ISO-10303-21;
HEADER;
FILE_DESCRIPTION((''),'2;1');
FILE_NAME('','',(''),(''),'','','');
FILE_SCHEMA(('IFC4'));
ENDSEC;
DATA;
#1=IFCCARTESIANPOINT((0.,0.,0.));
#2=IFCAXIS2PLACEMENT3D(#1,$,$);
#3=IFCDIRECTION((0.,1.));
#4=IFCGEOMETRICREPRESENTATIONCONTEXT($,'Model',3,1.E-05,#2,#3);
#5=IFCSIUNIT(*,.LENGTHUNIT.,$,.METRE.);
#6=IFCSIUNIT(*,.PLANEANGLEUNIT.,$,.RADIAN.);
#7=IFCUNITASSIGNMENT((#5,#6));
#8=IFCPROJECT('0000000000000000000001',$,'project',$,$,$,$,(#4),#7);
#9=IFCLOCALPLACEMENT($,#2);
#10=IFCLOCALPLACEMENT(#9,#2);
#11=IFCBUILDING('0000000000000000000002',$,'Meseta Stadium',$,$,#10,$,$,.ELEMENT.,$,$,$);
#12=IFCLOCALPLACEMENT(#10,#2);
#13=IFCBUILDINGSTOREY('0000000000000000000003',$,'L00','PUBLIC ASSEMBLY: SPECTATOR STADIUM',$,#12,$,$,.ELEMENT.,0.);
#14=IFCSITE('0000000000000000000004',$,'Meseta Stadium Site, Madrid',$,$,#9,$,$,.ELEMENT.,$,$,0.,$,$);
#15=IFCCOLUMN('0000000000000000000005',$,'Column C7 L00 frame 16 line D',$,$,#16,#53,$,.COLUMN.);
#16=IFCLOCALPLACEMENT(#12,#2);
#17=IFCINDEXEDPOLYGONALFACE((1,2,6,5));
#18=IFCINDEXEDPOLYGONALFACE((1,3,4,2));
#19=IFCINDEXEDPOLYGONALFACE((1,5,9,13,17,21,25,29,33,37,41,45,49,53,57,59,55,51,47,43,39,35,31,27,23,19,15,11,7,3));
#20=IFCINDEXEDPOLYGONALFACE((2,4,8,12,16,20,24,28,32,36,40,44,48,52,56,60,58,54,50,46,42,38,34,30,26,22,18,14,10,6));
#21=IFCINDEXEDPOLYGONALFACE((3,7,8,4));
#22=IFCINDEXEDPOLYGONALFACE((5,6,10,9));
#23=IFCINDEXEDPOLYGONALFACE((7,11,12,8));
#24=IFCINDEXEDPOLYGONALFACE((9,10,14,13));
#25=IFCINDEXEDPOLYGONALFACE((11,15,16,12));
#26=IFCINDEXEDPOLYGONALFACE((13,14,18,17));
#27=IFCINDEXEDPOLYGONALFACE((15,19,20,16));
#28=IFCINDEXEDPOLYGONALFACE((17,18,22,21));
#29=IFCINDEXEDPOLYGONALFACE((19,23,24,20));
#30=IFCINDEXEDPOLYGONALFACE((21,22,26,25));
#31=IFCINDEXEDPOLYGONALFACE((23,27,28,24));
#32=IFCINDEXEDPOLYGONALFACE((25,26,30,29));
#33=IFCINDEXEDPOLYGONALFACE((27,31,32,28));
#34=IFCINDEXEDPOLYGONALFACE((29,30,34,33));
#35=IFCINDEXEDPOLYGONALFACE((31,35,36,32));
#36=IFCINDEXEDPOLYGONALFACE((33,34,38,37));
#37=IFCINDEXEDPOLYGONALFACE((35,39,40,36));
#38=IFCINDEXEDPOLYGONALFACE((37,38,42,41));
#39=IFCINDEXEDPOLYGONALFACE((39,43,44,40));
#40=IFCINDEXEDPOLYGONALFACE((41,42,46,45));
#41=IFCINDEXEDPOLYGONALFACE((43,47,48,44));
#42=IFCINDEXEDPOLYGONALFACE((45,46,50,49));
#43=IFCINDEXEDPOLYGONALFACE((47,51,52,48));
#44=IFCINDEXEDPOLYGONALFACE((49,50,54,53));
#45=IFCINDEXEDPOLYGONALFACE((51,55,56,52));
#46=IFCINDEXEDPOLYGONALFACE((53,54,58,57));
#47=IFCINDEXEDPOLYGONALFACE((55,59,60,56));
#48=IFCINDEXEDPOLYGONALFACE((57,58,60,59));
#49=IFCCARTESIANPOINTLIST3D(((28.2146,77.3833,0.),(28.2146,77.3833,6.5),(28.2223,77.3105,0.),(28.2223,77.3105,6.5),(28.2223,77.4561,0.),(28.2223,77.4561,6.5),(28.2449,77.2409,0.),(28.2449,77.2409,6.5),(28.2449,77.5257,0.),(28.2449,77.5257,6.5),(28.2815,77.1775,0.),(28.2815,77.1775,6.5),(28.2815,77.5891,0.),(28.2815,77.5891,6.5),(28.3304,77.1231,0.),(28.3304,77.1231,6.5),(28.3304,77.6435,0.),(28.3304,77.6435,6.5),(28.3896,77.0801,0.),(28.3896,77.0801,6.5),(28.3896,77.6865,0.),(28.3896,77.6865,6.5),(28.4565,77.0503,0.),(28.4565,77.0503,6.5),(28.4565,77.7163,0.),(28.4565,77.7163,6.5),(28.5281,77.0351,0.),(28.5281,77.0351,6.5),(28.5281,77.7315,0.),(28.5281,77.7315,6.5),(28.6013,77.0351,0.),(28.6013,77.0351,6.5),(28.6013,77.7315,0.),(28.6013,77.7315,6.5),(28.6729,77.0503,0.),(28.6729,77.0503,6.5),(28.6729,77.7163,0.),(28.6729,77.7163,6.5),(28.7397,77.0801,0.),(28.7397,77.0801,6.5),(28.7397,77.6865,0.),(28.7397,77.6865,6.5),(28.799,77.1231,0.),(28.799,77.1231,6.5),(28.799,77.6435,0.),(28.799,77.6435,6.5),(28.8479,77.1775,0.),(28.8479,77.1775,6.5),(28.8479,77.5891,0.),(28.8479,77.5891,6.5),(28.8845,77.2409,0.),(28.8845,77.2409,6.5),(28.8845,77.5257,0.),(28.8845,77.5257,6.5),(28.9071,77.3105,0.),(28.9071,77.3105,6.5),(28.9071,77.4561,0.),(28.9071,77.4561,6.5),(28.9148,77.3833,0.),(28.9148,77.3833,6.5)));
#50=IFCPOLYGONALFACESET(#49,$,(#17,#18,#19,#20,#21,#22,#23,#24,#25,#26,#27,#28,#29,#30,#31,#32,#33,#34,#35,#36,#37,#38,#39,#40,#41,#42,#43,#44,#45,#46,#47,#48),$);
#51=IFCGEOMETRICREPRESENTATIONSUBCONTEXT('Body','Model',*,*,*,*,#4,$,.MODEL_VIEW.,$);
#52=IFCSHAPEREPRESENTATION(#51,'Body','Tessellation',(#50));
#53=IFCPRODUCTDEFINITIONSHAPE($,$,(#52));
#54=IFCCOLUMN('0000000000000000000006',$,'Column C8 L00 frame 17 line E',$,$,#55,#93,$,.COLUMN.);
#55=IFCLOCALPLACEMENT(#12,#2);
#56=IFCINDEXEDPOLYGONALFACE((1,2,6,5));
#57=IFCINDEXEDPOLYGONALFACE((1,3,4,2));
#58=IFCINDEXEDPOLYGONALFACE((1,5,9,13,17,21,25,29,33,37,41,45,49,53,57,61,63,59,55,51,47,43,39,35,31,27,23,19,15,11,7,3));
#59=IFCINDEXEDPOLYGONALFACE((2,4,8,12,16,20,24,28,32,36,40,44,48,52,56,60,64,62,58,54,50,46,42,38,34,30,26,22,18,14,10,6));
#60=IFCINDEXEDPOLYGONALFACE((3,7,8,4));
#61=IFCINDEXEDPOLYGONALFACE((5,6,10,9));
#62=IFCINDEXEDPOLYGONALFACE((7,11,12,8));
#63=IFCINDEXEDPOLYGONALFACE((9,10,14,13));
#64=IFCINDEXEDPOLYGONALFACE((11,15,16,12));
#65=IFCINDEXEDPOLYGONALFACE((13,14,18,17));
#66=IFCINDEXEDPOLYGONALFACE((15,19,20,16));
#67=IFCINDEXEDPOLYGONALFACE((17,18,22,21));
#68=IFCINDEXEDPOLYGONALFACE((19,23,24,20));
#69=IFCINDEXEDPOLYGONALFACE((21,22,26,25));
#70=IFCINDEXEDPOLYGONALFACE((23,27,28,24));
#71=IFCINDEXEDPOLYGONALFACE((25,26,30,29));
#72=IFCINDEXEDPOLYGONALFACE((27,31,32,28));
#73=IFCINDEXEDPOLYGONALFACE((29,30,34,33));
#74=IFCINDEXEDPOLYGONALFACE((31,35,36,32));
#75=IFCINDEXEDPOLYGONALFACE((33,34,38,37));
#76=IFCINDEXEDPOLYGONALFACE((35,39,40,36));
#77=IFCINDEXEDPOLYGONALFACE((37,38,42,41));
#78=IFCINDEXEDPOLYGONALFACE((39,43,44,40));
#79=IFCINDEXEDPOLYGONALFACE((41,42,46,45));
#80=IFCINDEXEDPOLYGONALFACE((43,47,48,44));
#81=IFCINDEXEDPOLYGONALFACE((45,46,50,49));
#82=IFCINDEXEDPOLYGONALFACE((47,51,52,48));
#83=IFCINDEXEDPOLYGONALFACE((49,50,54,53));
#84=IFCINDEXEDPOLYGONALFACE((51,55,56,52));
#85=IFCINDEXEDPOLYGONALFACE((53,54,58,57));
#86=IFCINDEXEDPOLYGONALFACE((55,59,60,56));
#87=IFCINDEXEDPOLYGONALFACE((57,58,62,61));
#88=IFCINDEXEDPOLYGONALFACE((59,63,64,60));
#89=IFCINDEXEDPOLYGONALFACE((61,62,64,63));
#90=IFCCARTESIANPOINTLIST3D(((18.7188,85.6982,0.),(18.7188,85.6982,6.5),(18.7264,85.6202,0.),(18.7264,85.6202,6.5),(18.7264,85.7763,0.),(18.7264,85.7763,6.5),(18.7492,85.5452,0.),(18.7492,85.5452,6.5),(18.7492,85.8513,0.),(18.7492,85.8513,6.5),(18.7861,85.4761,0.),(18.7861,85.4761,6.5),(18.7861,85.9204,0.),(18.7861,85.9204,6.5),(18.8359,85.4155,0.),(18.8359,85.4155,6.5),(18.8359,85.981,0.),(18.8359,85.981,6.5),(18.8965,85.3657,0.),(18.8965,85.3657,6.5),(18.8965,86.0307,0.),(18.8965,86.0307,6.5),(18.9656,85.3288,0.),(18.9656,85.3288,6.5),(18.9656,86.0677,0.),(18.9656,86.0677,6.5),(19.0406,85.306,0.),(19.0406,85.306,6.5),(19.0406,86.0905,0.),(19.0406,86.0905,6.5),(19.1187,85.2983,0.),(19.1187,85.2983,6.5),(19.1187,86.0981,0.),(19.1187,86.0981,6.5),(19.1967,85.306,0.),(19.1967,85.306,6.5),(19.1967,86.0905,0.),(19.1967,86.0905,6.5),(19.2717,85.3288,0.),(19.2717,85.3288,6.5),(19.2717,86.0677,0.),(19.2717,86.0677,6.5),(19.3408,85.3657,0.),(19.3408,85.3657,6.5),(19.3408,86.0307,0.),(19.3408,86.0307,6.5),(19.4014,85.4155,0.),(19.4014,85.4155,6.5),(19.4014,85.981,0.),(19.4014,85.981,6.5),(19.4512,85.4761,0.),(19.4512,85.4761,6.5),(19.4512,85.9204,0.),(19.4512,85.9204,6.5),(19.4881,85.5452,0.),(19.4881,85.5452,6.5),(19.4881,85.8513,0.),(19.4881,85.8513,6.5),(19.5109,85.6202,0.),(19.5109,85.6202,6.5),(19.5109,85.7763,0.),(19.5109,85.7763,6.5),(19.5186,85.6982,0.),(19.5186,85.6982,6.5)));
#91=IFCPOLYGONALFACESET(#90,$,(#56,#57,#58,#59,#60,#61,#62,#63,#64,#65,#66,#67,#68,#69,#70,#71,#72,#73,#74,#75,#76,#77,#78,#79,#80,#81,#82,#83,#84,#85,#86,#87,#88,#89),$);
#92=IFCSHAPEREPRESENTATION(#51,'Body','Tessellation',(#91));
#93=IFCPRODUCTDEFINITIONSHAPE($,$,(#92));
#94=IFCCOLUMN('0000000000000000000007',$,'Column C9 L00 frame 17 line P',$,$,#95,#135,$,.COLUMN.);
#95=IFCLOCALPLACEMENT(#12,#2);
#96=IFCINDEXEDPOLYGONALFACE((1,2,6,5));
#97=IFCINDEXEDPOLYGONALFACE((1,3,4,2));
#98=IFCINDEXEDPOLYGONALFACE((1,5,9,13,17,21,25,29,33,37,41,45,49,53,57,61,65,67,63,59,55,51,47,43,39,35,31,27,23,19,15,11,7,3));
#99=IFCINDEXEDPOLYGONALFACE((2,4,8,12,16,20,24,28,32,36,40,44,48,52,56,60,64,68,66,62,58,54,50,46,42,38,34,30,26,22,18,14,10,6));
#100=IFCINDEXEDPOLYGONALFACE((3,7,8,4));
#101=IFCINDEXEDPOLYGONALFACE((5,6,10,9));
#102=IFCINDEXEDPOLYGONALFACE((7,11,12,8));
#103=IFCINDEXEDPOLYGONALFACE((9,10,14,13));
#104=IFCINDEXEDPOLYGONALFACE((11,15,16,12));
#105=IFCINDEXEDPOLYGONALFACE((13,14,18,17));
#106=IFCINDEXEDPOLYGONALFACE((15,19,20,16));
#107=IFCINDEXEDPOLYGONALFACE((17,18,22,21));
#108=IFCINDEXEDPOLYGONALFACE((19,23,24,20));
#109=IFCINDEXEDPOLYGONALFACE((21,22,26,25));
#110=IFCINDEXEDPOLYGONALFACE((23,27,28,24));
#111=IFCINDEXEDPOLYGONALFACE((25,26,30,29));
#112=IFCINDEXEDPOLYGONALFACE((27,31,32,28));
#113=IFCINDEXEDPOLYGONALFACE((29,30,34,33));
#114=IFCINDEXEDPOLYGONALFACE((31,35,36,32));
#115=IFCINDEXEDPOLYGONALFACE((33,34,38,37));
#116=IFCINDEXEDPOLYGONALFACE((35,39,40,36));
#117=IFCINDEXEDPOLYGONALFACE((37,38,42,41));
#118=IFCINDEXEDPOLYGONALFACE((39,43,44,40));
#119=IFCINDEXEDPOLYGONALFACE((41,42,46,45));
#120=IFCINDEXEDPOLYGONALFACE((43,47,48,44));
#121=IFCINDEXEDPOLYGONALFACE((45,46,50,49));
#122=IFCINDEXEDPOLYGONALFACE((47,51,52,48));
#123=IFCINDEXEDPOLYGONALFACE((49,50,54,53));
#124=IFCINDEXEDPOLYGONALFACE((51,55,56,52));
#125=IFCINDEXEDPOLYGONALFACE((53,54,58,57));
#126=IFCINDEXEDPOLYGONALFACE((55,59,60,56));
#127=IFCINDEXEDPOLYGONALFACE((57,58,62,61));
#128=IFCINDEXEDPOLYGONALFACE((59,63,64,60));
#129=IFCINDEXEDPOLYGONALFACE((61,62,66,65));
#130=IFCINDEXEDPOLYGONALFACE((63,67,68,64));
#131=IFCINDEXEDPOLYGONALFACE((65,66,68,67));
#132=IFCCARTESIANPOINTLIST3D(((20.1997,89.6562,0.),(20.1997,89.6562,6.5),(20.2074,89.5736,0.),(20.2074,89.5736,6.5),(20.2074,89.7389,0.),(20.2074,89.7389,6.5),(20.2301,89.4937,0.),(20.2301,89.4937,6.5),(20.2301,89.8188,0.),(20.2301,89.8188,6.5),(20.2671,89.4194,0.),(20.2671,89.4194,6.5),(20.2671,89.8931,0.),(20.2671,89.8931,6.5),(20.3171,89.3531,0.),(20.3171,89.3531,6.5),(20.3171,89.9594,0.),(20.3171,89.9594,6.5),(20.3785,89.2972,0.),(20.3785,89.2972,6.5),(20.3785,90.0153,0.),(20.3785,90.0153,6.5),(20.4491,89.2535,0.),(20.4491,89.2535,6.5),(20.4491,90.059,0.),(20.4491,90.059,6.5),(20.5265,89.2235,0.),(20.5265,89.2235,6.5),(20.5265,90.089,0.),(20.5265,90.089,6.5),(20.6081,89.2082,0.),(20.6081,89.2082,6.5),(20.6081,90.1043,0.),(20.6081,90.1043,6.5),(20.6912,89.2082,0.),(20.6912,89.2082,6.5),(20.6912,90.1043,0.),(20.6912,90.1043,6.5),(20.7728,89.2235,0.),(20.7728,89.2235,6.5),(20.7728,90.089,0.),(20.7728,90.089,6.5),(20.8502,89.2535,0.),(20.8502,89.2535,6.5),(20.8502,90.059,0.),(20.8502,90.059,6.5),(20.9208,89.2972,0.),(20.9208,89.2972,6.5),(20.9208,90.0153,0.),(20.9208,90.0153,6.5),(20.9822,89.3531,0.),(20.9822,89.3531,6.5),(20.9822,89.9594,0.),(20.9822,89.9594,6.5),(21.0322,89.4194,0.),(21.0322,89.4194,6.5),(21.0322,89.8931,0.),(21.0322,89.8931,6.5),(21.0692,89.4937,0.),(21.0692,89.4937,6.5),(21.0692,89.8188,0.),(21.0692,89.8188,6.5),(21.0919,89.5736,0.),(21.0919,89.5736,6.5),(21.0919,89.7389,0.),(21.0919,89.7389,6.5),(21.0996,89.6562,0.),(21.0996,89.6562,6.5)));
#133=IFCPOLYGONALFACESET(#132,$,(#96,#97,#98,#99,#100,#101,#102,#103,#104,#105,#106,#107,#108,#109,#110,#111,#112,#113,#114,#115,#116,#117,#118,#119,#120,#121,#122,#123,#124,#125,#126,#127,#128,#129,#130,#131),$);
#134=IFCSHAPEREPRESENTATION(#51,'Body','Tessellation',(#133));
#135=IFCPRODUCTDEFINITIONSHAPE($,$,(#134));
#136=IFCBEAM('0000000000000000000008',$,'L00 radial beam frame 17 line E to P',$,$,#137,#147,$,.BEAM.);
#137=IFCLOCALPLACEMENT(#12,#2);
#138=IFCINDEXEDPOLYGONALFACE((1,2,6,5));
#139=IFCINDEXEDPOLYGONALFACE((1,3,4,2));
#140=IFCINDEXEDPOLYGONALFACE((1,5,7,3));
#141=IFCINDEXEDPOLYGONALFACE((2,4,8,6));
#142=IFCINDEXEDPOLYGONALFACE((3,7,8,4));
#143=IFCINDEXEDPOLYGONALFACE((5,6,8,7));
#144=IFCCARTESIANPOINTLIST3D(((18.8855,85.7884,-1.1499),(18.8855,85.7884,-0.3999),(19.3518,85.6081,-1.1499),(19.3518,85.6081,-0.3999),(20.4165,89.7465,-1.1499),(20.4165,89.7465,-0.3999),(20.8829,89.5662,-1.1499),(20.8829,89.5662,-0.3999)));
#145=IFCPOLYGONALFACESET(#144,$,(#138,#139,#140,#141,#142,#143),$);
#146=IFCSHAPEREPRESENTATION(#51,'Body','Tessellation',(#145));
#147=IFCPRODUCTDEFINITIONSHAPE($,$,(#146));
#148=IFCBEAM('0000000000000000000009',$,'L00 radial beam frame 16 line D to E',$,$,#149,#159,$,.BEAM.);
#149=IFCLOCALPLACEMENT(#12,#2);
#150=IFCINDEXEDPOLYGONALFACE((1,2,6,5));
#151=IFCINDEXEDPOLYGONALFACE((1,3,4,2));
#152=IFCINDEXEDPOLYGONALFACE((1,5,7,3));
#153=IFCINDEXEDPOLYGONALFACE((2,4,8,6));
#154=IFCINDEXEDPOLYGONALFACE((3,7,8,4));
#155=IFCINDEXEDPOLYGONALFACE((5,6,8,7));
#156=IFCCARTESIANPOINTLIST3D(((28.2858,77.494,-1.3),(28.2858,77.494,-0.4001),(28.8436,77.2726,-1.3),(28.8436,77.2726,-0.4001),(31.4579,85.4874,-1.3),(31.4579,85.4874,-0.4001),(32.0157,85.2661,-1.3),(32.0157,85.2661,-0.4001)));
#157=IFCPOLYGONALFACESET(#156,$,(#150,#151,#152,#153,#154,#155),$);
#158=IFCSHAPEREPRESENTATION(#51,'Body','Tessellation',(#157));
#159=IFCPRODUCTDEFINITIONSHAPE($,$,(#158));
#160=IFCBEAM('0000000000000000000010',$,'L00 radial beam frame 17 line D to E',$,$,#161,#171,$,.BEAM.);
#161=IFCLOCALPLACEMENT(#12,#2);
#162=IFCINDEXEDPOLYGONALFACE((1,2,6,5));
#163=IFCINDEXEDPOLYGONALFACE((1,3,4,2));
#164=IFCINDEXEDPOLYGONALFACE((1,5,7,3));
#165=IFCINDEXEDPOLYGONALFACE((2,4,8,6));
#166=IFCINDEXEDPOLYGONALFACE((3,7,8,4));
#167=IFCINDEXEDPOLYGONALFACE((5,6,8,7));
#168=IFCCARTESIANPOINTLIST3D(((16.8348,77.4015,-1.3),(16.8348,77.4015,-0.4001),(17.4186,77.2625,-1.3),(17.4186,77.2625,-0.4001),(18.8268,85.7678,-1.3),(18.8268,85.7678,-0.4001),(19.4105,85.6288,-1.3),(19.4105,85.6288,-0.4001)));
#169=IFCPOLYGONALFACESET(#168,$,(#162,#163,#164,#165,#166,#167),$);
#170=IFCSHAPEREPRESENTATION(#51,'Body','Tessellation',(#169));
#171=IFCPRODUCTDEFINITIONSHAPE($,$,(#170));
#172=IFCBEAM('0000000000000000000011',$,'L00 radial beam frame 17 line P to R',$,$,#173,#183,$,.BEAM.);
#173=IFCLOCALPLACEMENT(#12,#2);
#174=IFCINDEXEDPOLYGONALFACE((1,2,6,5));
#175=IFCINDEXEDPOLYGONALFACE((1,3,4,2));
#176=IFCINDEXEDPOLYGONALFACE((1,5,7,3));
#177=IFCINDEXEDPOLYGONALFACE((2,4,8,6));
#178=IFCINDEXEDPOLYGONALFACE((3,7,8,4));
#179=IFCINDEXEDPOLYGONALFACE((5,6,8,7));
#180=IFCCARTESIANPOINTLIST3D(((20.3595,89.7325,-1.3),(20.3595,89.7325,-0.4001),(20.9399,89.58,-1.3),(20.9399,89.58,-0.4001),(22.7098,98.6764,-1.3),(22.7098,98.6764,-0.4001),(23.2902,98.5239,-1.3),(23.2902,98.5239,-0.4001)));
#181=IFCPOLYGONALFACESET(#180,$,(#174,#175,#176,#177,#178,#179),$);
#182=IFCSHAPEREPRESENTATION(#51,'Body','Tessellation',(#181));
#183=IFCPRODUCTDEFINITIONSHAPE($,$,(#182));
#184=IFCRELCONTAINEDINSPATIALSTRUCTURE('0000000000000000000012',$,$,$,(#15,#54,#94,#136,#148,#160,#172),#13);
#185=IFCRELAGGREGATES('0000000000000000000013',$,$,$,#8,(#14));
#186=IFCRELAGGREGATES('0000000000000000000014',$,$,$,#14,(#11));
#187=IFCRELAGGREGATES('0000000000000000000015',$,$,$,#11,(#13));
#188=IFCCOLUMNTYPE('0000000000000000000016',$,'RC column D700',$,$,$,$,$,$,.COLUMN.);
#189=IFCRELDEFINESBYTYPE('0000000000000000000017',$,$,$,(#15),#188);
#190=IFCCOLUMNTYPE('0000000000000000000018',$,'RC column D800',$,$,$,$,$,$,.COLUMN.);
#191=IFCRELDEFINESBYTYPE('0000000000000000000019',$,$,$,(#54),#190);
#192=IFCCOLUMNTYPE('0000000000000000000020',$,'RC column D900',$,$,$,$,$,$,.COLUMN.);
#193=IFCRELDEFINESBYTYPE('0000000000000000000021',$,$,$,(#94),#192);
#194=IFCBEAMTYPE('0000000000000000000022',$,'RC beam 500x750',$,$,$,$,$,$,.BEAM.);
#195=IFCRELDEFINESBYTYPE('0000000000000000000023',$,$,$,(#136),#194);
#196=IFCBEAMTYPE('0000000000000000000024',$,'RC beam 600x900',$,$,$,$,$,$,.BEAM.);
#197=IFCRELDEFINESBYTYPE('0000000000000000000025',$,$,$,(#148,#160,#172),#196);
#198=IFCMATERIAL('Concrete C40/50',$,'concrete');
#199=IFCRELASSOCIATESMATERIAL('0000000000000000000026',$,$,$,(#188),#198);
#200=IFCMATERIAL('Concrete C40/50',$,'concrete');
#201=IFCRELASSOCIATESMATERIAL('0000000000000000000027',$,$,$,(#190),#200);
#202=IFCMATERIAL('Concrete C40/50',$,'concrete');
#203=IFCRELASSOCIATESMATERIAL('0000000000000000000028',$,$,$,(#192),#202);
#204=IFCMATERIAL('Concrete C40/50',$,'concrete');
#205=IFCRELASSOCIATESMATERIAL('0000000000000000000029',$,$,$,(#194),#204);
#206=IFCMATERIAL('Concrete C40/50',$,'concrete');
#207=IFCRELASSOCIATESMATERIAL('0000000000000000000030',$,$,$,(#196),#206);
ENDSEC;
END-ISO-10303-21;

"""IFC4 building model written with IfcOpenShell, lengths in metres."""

from ifc_helpers import new_model, si_unit, direction, frame, origin, origin_2d, place, context, subcontext, project, spatial, rectangle, circle, extrude, material, material_profile, profile_set, type_object, element, save


model = new_model("IFC4")

# Units and contexts
model_context = context("Model", 3, precision=1e-05, world=origin(), true_north=direction((0.0, 1.0)))
body_context = subcontext(model_context, "Body", "Model", "MODEL_VIEW")
ifc_project = project(units=[si_unit("LENGTHUNIT", "METRE"), si_unit("PLANEANGLEUNIT", "RADIAN")], contexts=[model_context])

# Site, building, storey
site_placement = place(None, origin())
site = spatial("IfcSite", under=ifc_project, at=site_placement, Name="Meseta Stadium Site, Madrid", CompositionType="ELEMENT", RefElevation=0.0)
building_placement = place(site_placement, origin())
building = spatial("IfcBuilding", under=site, at=building_placement, Name="Meseta Stadium", CompositionType="ELEMENT")
storey_placement = place(building_placement, origin())
storey = spatial("IfcBuildingStorey", under=building, at=storey_placement, Name="L00", Description="PUBLIC ASSEMBLY: SPECTATOR STADIUM", CompositionType="ELEMENT", Elevation=0.0)

# Columns
ifc_material_1 = material(Name="Concrete C40/50", Category="concrete")
ifc_material_profile_1 = material_profile(ifc_material_1, circle(Radius=0.3501, at=origin_2d()), Name="RC D700")
ifc_profile_set_1 = profile_set([ifc_material_profile_1], Name="Concrete C40/50")
column_type_1 = type_object("IfcColumnType", Name="RC column D700", PredefinedType="COLUMN", material=ifc_profile_set_1)
column_1_placement = place(storey_placement, frame((28.5647, 77.3833, 0.0), z_axis=(0.0, 0.0, 1.0), x_axis=(1.0, 0.0, 0.0)))
element("IfcColumn", 1, at=column_1_placement, inside=storey, type_object=column_type_1, Name="Column C7 L00 frame 16 line D", PredefinedType="COLUMN", context=body_context, shape_type="SweptSolid", body=[
    extrude(circle(Radius=0.3501, at=origin_2d()), origin(), (0.0, 0.0, 1.0), 6.5),
])
ifc_material_2 = material(Name="Concrete C40/50", Category="concrete")
ifc_material_profile_2 = material_profile(ifc_material_2, circle(Radius=0.3999, at=origin_2d()), Name="RC D800")
ifc_profile_set_2 = profile_set([ifc_material_profile_2], Name="Concrete C40/50")
column_type_2 = type_object("IfcColumnType", Name="RC column D800", PredefinedType="COLUMN", material=ifc_profile_set_2)
column_2_placement = place(storey_placement, frame((19.1187, 85.6982, 0.0), z_axis=(0.0, 0.0, 1.0), x_axis=(1.0, 0.0, 0.0)))
element("IfcColumn", 2, at=column_2_placement, inside=storey, type_object=column_type_2, Name="Column C8 L00 frame 17 line E", PredefinedType="COLUMN", context=body_context, shape_type="SweptSolid", body=[
    extrude(circle(Radius=0.3999, at=origin_2d()), origin(), (0.0, 0.0, 1.0), 6.5),
])
ifc_material_3 = material(Name="Concrete C40/50", Category="concrete")
ifc_material_profile_3 = material_profile(ifc_material_3, circle(Radius=0.45, at=origin_2d()), Name="RC D900")
ifc_profile_set_3 = profile_set([ifc_material_profile_3], Name="Concrete C40/50")
column_type_3 = type_object("IfcColumnType", Name="RC column D900", PredefinedType="COLUMN", material=ifc_profile_set_3)
column_3_placement = place(storey_placement, frame((20.6497, 89.6562, 0.0), z_axis=(0.0, 0.0, 1.0), x_axis=(1.0, 0.0, 0.0)))
element("IfcColumn", 3, at=column_3_placement, inside=storey, type_object=column_type_3, Name="Column C9 L00 frame 17 line P", PredefinedType="COLUMN", context=body_context, shape_type="SweptSolid", body=[
    extrude(circle(Radius=0.45, at=origin_2d()), origin(), (0.0, 0.0, 1.0), 6.5),
])

# Beams
ifc_material_4 = material(Name="Concrete C40/50", Category="concrete")
ifc_material_profile_4 = material_profile(ifc_material_4, rectangle(XDim=0.5, YDim=0.75, at=origin_2d()), Name="RC 500x750")
ifc_profile_set_4 = profile_set([ifc_material_profile_4], Name="Concrete C40/50")
beam_type_1 = type_object("IfcBeamType", Name="RC beam 500x750", PredefinedType="BEAM", material=ifc_profile_set_4)
beam_1_placement = place(storey_placement, frame((19.1187, 85.6982, -0.7749), z_axis=(0.360763, 0.932657, 0.0), x_axis=(-0.932657, 0.360763, 0.0)))
element("IfcBeam", 4, at=beam_1_placement, inside=storey, type_object=beam_type_1, Name="L00 radial beam frame 17 line E to P", PredefinedType="BEAM", context=body_context, shape_type="SweptSolid", body=[
    extrude(rectangle(XDim=0.5, YDim=0.75, at=origin_2d()), origin(), (0.0, 0.0, 1.0), 4.2439),
])
ifc_material_5 = material(Name="Concrete C40/50", Category="concrete")
ifc_material_profile_5 = material_profile(ifc_material_5, rectangle(XDim=0.6001, YDim=0.8999, at=origin_2d()), Name="RC 600x900")
ifc_profile_set_5 = profile_set([ifc_material_profile_5], Name="Concrete C40/50")
beam_type_2 = type_object("IfcBeamType", Name="RC beam 600x900", PredefinedType="BEAM", material=ifc_profile_set_5)
beam_2_placement = place(storey_placement, frame((28.5647, 77.3833, -0.8501), z_axis=(0.368859, 0.929485, 0.0), x_axis=(-0.929485, 0.368859, 0.0)))
element("IfcBeam", 5, at=beam_2_placement, inside=storey, type_object=beam_type_2, Name="L00 radial beam frame 16 line D to E", PredefinedType="BEAM", context=body_context, shape_type="SweptSolid", body=[
    extrude(rectangle(XDim=0.6001, YDim=0.8999, at=origin_2d()), origin(), (0.0, 0.0, 1.0), 8.5999),
])
beam_3_placement = place(storey_placement, frame((17.1267, 77.332, -0.8501), z_axis=(0.231619, 0.972807, 0.0), x_axis=(-0.972807, 0.231619, 0.0)))
element("IfcBeam", 6, at=beam_3_placement, inside=storey, type_object=beam_type_2, Name="L00 radial beam frame 17 line D to E", PredefinedType="BEAM", context=body_context, shape_type="SweptSolid", body=[
    extrude(rectangle(XDim=0.6001, YDim=0.8999, at=origin_2d()), origin(), (0.0, 0.0, 1.0), 8.6001),
])
beam_4_placement = place(storey_placement, frame((20.6497, 89.6562, -0.8501), z_axis=(0.254159, 0.967162, 0.0), x_axis=(-0.967162, 0.254159, 0.0)))
element("IfcBeam", 7, at=beam_4_placement, inside=storey, type_object=beam_type_2, Name="L00 radial beam frame 17 line P to R", PredefinedType="BEAM", context=body_context, shape_type="SweptSolid", body=[
    extrude(rectangle(XDim=0.6001, YDim=0.8999, at=origin_2d()), origin(), (0.0, 0.0, 1.0), 9.2476),
])

save(model, "model.ifc")
